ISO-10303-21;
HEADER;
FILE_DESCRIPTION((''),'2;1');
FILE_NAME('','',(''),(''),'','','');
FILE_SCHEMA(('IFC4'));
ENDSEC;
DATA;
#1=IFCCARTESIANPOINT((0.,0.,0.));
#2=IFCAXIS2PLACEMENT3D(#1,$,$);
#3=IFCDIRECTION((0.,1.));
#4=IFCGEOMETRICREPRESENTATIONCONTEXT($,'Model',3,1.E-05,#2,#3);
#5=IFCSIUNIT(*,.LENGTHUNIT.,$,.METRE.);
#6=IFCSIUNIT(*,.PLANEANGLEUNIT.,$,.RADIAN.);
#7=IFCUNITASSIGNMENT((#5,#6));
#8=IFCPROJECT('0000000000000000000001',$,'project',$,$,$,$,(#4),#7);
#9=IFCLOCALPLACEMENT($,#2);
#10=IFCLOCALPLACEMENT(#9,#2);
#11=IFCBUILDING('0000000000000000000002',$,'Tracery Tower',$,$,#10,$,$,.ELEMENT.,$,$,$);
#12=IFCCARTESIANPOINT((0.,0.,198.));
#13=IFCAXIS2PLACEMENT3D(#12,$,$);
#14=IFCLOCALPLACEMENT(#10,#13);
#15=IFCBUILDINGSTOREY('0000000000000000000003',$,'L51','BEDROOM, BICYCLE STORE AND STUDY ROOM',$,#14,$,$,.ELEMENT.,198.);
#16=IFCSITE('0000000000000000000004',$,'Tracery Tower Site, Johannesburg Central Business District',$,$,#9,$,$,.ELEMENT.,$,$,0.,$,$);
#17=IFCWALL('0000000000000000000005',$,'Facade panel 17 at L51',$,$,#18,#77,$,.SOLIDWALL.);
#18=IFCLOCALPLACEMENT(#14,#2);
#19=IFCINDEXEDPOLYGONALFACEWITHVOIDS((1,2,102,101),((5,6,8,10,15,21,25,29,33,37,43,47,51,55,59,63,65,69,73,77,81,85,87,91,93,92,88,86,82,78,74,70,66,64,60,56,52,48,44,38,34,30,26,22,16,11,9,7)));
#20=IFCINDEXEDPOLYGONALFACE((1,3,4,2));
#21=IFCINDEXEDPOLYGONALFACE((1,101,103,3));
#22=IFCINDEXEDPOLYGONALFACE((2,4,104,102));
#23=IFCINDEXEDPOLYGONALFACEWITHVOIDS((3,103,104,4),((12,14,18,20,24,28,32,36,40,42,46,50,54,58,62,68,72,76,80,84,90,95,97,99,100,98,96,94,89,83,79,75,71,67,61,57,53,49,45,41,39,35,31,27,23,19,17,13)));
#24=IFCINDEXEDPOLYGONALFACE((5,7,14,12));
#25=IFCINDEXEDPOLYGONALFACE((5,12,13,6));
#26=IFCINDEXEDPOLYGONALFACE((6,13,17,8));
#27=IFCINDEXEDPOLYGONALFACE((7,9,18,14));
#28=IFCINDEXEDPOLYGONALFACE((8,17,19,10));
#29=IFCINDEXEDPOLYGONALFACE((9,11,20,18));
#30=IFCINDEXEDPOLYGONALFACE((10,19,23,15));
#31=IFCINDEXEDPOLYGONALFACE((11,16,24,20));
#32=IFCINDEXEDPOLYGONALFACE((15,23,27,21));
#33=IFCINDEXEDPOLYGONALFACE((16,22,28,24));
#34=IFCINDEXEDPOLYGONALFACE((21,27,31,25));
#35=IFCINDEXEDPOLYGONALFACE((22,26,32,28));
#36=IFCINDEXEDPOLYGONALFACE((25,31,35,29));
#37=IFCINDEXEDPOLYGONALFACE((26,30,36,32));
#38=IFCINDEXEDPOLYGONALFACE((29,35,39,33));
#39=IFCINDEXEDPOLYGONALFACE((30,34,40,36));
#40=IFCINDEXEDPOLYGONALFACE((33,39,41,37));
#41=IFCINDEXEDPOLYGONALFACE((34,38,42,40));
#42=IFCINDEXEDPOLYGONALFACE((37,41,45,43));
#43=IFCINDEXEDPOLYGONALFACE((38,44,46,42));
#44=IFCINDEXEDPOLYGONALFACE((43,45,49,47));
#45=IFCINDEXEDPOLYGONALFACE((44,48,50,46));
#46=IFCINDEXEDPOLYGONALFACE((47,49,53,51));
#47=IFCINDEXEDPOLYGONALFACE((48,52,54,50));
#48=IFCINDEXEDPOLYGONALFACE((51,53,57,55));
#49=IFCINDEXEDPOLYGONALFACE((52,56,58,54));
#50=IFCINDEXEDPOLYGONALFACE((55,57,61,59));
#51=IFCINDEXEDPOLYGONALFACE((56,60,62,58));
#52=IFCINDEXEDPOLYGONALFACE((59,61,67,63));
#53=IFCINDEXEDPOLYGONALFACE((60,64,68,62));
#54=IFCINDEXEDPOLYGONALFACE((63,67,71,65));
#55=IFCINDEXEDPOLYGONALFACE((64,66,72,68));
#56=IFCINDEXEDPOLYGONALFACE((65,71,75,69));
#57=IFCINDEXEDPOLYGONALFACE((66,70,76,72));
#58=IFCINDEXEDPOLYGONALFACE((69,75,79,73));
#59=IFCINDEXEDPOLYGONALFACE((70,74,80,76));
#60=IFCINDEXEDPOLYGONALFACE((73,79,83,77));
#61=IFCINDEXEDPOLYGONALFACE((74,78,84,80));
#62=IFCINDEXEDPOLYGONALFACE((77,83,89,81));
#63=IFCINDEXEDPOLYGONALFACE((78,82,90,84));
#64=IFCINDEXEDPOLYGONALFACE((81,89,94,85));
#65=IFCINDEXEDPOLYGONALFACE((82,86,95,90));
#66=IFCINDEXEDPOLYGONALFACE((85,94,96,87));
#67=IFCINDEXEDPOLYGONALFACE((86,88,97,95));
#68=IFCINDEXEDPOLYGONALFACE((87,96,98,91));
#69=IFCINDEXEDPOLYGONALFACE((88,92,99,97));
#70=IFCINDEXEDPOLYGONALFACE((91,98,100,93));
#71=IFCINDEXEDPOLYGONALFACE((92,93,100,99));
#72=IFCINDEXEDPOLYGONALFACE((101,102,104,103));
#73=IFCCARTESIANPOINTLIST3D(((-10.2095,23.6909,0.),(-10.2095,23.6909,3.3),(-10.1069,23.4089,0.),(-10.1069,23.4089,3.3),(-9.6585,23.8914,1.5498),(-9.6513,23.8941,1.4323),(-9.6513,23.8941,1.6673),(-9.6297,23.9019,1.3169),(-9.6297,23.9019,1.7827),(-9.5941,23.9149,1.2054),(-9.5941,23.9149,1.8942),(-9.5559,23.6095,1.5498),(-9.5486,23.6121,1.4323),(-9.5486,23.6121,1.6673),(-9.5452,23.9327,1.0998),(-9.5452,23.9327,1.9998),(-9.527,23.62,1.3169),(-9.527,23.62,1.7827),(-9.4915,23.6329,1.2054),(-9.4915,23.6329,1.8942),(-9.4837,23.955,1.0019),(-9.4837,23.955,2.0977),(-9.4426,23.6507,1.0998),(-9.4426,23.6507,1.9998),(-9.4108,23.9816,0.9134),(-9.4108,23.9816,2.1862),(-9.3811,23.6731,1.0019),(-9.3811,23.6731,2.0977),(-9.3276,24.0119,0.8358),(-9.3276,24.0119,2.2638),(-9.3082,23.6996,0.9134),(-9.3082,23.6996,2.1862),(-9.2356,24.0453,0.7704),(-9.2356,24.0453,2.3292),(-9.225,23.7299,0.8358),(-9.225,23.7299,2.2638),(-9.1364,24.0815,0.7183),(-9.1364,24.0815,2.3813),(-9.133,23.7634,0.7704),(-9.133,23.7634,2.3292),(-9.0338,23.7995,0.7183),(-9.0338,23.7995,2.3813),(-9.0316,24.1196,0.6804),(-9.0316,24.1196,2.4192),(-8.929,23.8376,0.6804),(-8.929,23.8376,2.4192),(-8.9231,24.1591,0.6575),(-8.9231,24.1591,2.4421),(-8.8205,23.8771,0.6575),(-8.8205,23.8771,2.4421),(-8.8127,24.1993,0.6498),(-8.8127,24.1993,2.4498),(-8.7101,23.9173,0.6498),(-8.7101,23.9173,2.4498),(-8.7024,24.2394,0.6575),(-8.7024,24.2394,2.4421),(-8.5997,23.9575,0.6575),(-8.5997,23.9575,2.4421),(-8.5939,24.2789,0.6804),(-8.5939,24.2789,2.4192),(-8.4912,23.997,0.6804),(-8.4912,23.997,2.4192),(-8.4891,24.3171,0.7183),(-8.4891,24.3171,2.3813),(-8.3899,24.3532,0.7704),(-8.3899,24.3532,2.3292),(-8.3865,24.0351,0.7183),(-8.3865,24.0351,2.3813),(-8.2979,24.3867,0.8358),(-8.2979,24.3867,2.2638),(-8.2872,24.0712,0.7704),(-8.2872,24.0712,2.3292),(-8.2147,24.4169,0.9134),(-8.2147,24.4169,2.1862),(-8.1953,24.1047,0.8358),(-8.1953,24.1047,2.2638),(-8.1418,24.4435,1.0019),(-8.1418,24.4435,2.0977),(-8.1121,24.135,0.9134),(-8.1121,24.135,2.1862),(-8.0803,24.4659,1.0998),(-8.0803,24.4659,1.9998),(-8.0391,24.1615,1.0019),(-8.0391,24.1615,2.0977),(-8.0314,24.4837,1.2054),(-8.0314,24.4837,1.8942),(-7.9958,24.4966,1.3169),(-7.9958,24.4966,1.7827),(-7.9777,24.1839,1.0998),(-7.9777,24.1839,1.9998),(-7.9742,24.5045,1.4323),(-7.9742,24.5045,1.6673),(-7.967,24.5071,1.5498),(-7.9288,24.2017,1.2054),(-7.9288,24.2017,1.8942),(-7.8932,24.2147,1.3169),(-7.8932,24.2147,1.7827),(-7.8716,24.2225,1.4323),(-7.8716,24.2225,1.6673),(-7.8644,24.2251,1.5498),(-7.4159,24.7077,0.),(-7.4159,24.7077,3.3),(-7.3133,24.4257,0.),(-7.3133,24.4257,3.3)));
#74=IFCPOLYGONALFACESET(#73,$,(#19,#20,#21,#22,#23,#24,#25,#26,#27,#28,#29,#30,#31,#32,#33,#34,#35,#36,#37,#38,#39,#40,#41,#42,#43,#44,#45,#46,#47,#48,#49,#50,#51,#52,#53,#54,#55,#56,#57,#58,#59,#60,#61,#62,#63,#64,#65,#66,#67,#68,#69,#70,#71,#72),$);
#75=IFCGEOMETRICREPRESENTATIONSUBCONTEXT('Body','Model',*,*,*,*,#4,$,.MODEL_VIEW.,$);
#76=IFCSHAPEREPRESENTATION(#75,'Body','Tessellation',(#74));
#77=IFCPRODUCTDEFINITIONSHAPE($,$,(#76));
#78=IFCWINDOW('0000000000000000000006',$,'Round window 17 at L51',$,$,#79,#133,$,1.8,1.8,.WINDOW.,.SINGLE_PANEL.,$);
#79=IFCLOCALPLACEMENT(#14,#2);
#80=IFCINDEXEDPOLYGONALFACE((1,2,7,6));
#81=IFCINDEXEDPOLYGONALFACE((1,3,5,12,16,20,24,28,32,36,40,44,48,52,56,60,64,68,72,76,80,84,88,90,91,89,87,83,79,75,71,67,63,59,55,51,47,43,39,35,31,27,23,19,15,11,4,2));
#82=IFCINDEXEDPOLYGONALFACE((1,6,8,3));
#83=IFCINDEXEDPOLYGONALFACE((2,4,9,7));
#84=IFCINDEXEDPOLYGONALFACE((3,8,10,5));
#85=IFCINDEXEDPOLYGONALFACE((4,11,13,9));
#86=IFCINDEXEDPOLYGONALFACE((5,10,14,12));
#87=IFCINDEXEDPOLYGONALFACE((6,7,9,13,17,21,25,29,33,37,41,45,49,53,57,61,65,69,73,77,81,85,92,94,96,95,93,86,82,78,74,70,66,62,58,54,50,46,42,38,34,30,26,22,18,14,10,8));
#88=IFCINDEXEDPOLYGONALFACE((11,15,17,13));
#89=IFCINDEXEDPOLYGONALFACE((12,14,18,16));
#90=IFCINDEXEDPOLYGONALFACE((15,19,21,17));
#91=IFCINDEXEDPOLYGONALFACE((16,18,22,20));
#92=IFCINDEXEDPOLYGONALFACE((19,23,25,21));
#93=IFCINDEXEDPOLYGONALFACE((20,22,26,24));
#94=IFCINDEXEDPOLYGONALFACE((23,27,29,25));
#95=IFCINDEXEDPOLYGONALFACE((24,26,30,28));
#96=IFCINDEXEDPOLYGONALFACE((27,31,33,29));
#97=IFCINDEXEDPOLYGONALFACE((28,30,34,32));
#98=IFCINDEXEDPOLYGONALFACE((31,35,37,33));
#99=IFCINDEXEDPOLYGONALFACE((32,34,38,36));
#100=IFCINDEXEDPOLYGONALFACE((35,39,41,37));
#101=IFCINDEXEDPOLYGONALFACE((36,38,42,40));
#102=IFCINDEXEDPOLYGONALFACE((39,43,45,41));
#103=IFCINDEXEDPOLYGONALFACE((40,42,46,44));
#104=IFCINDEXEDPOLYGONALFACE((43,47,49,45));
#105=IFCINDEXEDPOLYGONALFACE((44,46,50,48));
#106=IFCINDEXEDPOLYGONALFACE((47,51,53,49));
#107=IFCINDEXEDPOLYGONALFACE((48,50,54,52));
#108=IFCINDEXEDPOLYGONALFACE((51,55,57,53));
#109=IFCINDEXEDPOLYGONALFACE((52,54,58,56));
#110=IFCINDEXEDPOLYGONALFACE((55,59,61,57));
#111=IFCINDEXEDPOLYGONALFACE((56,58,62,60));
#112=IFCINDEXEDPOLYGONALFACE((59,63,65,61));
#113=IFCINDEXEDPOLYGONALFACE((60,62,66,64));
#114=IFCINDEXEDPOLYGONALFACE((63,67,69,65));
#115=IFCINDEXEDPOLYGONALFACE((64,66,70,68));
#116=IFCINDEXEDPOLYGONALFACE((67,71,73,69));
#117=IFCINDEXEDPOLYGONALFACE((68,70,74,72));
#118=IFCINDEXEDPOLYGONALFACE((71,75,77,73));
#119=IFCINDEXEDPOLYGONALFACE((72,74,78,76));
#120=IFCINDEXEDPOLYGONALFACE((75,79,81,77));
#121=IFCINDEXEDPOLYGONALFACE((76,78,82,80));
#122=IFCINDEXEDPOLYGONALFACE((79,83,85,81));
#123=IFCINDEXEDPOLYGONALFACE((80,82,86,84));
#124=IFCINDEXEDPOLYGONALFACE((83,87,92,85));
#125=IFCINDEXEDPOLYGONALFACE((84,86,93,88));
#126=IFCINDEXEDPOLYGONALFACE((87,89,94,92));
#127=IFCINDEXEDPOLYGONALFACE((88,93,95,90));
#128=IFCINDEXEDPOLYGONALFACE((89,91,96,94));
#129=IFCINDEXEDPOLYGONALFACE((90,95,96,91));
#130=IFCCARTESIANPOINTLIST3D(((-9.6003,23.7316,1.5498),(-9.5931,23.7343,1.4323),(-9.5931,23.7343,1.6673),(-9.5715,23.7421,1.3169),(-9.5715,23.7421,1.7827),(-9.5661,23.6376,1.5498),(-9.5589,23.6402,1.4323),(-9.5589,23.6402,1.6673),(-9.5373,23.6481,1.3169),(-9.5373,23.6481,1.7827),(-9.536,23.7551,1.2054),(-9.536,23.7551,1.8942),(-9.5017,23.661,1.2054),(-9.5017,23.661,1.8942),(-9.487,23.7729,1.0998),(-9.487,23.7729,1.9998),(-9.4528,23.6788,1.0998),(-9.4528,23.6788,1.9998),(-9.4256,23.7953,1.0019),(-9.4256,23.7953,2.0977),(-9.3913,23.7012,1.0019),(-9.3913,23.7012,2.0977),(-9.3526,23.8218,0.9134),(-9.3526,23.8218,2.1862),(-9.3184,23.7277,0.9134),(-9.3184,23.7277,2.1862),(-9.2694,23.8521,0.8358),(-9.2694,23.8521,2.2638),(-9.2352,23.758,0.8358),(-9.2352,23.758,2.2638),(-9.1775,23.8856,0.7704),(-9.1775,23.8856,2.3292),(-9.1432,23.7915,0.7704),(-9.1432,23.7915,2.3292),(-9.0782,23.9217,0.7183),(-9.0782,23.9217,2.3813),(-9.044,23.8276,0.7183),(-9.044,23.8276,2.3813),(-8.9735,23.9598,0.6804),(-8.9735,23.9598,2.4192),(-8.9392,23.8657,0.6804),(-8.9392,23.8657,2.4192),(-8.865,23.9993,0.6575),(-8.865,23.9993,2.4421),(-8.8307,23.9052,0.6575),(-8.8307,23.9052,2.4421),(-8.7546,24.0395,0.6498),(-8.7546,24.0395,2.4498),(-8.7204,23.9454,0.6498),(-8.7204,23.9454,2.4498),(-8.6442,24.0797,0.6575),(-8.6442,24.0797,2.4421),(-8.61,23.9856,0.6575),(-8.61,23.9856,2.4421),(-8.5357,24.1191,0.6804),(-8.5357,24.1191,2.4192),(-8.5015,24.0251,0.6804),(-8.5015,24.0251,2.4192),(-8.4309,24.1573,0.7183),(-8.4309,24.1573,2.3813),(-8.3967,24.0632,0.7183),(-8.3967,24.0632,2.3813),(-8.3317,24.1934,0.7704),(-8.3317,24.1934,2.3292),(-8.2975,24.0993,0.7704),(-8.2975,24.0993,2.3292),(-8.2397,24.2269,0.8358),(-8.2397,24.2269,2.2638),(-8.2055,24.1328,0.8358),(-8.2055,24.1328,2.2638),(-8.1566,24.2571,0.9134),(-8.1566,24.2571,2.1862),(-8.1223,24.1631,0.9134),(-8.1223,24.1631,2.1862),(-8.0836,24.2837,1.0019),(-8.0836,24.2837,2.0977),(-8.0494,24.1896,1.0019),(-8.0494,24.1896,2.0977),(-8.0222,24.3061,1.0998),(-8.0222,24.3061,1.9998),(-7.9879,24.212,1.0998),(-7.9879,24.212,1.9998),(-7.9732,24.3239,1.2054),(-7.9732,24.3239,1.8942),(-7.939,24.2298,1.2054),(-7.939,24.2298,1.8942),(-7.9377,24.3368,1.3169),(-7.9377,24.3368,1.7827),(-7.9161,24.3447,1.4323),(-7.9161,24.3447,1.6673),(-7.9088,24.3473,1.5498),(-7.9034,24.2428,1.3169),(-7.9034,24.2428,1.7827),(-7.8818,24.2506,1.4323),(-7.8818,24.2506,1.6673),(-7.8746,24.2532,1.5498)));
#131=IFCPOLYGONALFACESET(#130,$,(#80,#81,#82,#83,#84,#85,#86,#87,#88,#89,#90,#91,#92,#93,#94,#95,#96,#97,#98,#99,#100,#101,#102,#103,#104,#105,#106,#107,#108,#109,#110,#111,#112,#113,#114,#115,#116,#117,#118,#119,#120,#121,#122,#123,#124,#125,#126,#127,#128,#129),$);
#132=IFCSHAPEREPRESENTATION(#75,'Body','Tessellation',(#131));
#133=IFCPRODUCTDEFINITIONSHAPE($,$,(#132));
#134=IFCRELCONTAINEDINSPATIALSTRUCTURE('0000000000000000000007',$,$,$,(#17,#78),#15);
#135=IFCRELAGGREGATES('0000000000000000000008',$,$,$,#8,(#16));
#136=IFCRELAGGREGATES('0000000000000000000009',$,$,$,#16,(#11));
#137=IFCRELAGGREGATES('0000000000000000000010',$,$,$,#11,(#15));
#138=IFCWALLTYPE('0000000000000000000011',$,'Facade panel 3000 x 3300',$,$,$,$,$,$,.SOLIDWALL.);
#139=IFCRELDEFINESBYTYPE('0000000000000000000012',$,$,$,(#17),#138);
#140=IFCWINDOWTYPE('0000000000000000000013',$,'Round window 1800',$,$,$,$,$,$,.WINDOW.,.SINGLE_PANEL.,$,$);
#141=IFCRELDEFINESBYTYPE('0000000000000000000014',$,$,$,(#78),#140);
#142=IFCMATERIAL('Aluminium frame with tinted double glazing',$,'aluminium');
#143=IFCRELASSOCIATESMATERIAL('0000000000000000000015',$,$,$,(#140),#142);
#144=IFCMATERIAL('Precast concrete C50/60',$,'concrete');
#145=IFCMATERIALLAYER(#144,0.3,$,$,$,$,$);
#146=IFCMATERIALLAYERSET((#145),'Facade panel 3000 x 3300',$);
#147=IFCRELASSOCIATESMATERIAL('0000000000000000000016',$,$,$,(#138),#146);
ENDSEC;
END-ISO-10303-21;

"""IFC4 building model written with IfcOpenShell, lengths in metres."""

from ifc_helpers import new_model, si_unit, direction, frame, frame_2d, origin, origin_2d, place, context, subcontext, project, spatial, rectangle, circle, extrude, material, layer, layer_set, type_object, element, fill, save


model = new_model("IFC4")

# Units and contexts
model_context = context("Model", 3, precision=1e-05, world=origin(), true_north=direction((0.0, 1.0)))
body_context = subcontext(model_context, "Body", "Model", "MODEL_VIEW")
ifc_project = project(units=[si_unit("LENGTHUNIT", "METRE"), si_unit("PLANEANGLEUNIT", "RADIAN")], contexts=[model_context])

# Site, building, storey
site_placement = place(None, origin())
site = spatial("IfcSite", under=ifc_project, at=site_placement, Name="Tracery Tower Site, Johannesburg Central Business District", CompositionType="ELEMENT", RefElevation=0.0)
building_placement = place(site_placement, origin())
building = spatial("IfcBuilding", under=site, at=building_placement, Name="Tracery Tower", CompositionType="ELEMENT")
storey_placement = place(building_placement, frame((0.0, 0.0, 198.0)))
storey = spatial("IfcBuildingStorey", under=building, at=storey_placement, Name="L51", Description="BEDROOM, BICYCLE STORE AND STUDY ROOM", CompositionType="ELEMENT", Elevation=198.0)

# Wall, opening, window
ifc_material_1 = material(Name="Aluminium frame with tinted double glazing", Category="aluminium")
window_type = type_object("IfcWindowType", Name="Round window 1800", PartitioningType="SINGLE_PANEL", PredefinedType="WINDOW", material=ifc_material_1)
ifc_material_2 = material(Name="Precast concrete C50/60", Category="concrete")
ifc_layer_1 = layer(ifc_material_2, 0.3)
ifc_layer_set_1 = layer_set([ifc_layer_1], Name="Facade panel 3000 x 3300")
wall_type_1 = type_object("IfcWallType", Name="Facade panel 3000 x 3300", PredefinedType="SOLIDWALL", material=ifc_layer_set_1)
wall_1_placement = place(storey_placement, frame((-7.3647, 24.5667, 0.0), z_axis=(0.0, 0.0, 1.0), x_axis=(-0.93969, -0.342027, 0.0)))
wall_1 = element("IfcWall", 1, at=wall_1_placement, inside=storey, type_object=wall_type_1, Name="Facade panel 17 at L51", PredefinedType="SOLIDWALL", context=body_context, shape_type="SweptSolid", body=[
    extrude(rectangle(XDim=2.9729, YDim=0.3, at=frame_2d((1.4863, 0.0))), origin(), (0.0, 0.0, 1.0), 3.3),
])
opening_1_placement = place(wall_1_placement, frame((1.4863, 0.0, 1.5498)))
opening_1 = element("IfcOpeningElement", 2, at=opening_1_placement, cuts=wall_1, PredefinedType="OPENING", context=body_context, shape_type="SweptSolid", body=[
    extrude(circle(Radius=0.9, at=origin_2d()), frame((0.0, 0.1599, 0.0), z_axis=(0.0, -1.0, 0.0), x_axis=(1.0, 0.0, 0.0)), (0.0, 0.0, 1.0), 0.3201),
])
window_1_placement = place(opening_1_placement, origin())
window_1 = element("IfcWindow", 3, at=window_1_placement, inside=storey, type_object=window_type, Name="Round window 17 at L51", OverallHeight=1.8, OverallWidth=1.8, PartitioningType="SINGLE_PANEL", PredefinedType="WINDOW", context=body_context, shape_type="SweptSolid", body=[
    extrude(circle(Radius=0.9, at=origin_2d()), frame((0.0, 0.1201, 0.0), z_axis=(0.0, -1.0, 0.0), x_axis=(1.0, 0.0, 0.0)), (0.0, 0.0, 1.0), 0.1001),
])
fill(opening_1, window_1)

save(model, "model.ifc")
